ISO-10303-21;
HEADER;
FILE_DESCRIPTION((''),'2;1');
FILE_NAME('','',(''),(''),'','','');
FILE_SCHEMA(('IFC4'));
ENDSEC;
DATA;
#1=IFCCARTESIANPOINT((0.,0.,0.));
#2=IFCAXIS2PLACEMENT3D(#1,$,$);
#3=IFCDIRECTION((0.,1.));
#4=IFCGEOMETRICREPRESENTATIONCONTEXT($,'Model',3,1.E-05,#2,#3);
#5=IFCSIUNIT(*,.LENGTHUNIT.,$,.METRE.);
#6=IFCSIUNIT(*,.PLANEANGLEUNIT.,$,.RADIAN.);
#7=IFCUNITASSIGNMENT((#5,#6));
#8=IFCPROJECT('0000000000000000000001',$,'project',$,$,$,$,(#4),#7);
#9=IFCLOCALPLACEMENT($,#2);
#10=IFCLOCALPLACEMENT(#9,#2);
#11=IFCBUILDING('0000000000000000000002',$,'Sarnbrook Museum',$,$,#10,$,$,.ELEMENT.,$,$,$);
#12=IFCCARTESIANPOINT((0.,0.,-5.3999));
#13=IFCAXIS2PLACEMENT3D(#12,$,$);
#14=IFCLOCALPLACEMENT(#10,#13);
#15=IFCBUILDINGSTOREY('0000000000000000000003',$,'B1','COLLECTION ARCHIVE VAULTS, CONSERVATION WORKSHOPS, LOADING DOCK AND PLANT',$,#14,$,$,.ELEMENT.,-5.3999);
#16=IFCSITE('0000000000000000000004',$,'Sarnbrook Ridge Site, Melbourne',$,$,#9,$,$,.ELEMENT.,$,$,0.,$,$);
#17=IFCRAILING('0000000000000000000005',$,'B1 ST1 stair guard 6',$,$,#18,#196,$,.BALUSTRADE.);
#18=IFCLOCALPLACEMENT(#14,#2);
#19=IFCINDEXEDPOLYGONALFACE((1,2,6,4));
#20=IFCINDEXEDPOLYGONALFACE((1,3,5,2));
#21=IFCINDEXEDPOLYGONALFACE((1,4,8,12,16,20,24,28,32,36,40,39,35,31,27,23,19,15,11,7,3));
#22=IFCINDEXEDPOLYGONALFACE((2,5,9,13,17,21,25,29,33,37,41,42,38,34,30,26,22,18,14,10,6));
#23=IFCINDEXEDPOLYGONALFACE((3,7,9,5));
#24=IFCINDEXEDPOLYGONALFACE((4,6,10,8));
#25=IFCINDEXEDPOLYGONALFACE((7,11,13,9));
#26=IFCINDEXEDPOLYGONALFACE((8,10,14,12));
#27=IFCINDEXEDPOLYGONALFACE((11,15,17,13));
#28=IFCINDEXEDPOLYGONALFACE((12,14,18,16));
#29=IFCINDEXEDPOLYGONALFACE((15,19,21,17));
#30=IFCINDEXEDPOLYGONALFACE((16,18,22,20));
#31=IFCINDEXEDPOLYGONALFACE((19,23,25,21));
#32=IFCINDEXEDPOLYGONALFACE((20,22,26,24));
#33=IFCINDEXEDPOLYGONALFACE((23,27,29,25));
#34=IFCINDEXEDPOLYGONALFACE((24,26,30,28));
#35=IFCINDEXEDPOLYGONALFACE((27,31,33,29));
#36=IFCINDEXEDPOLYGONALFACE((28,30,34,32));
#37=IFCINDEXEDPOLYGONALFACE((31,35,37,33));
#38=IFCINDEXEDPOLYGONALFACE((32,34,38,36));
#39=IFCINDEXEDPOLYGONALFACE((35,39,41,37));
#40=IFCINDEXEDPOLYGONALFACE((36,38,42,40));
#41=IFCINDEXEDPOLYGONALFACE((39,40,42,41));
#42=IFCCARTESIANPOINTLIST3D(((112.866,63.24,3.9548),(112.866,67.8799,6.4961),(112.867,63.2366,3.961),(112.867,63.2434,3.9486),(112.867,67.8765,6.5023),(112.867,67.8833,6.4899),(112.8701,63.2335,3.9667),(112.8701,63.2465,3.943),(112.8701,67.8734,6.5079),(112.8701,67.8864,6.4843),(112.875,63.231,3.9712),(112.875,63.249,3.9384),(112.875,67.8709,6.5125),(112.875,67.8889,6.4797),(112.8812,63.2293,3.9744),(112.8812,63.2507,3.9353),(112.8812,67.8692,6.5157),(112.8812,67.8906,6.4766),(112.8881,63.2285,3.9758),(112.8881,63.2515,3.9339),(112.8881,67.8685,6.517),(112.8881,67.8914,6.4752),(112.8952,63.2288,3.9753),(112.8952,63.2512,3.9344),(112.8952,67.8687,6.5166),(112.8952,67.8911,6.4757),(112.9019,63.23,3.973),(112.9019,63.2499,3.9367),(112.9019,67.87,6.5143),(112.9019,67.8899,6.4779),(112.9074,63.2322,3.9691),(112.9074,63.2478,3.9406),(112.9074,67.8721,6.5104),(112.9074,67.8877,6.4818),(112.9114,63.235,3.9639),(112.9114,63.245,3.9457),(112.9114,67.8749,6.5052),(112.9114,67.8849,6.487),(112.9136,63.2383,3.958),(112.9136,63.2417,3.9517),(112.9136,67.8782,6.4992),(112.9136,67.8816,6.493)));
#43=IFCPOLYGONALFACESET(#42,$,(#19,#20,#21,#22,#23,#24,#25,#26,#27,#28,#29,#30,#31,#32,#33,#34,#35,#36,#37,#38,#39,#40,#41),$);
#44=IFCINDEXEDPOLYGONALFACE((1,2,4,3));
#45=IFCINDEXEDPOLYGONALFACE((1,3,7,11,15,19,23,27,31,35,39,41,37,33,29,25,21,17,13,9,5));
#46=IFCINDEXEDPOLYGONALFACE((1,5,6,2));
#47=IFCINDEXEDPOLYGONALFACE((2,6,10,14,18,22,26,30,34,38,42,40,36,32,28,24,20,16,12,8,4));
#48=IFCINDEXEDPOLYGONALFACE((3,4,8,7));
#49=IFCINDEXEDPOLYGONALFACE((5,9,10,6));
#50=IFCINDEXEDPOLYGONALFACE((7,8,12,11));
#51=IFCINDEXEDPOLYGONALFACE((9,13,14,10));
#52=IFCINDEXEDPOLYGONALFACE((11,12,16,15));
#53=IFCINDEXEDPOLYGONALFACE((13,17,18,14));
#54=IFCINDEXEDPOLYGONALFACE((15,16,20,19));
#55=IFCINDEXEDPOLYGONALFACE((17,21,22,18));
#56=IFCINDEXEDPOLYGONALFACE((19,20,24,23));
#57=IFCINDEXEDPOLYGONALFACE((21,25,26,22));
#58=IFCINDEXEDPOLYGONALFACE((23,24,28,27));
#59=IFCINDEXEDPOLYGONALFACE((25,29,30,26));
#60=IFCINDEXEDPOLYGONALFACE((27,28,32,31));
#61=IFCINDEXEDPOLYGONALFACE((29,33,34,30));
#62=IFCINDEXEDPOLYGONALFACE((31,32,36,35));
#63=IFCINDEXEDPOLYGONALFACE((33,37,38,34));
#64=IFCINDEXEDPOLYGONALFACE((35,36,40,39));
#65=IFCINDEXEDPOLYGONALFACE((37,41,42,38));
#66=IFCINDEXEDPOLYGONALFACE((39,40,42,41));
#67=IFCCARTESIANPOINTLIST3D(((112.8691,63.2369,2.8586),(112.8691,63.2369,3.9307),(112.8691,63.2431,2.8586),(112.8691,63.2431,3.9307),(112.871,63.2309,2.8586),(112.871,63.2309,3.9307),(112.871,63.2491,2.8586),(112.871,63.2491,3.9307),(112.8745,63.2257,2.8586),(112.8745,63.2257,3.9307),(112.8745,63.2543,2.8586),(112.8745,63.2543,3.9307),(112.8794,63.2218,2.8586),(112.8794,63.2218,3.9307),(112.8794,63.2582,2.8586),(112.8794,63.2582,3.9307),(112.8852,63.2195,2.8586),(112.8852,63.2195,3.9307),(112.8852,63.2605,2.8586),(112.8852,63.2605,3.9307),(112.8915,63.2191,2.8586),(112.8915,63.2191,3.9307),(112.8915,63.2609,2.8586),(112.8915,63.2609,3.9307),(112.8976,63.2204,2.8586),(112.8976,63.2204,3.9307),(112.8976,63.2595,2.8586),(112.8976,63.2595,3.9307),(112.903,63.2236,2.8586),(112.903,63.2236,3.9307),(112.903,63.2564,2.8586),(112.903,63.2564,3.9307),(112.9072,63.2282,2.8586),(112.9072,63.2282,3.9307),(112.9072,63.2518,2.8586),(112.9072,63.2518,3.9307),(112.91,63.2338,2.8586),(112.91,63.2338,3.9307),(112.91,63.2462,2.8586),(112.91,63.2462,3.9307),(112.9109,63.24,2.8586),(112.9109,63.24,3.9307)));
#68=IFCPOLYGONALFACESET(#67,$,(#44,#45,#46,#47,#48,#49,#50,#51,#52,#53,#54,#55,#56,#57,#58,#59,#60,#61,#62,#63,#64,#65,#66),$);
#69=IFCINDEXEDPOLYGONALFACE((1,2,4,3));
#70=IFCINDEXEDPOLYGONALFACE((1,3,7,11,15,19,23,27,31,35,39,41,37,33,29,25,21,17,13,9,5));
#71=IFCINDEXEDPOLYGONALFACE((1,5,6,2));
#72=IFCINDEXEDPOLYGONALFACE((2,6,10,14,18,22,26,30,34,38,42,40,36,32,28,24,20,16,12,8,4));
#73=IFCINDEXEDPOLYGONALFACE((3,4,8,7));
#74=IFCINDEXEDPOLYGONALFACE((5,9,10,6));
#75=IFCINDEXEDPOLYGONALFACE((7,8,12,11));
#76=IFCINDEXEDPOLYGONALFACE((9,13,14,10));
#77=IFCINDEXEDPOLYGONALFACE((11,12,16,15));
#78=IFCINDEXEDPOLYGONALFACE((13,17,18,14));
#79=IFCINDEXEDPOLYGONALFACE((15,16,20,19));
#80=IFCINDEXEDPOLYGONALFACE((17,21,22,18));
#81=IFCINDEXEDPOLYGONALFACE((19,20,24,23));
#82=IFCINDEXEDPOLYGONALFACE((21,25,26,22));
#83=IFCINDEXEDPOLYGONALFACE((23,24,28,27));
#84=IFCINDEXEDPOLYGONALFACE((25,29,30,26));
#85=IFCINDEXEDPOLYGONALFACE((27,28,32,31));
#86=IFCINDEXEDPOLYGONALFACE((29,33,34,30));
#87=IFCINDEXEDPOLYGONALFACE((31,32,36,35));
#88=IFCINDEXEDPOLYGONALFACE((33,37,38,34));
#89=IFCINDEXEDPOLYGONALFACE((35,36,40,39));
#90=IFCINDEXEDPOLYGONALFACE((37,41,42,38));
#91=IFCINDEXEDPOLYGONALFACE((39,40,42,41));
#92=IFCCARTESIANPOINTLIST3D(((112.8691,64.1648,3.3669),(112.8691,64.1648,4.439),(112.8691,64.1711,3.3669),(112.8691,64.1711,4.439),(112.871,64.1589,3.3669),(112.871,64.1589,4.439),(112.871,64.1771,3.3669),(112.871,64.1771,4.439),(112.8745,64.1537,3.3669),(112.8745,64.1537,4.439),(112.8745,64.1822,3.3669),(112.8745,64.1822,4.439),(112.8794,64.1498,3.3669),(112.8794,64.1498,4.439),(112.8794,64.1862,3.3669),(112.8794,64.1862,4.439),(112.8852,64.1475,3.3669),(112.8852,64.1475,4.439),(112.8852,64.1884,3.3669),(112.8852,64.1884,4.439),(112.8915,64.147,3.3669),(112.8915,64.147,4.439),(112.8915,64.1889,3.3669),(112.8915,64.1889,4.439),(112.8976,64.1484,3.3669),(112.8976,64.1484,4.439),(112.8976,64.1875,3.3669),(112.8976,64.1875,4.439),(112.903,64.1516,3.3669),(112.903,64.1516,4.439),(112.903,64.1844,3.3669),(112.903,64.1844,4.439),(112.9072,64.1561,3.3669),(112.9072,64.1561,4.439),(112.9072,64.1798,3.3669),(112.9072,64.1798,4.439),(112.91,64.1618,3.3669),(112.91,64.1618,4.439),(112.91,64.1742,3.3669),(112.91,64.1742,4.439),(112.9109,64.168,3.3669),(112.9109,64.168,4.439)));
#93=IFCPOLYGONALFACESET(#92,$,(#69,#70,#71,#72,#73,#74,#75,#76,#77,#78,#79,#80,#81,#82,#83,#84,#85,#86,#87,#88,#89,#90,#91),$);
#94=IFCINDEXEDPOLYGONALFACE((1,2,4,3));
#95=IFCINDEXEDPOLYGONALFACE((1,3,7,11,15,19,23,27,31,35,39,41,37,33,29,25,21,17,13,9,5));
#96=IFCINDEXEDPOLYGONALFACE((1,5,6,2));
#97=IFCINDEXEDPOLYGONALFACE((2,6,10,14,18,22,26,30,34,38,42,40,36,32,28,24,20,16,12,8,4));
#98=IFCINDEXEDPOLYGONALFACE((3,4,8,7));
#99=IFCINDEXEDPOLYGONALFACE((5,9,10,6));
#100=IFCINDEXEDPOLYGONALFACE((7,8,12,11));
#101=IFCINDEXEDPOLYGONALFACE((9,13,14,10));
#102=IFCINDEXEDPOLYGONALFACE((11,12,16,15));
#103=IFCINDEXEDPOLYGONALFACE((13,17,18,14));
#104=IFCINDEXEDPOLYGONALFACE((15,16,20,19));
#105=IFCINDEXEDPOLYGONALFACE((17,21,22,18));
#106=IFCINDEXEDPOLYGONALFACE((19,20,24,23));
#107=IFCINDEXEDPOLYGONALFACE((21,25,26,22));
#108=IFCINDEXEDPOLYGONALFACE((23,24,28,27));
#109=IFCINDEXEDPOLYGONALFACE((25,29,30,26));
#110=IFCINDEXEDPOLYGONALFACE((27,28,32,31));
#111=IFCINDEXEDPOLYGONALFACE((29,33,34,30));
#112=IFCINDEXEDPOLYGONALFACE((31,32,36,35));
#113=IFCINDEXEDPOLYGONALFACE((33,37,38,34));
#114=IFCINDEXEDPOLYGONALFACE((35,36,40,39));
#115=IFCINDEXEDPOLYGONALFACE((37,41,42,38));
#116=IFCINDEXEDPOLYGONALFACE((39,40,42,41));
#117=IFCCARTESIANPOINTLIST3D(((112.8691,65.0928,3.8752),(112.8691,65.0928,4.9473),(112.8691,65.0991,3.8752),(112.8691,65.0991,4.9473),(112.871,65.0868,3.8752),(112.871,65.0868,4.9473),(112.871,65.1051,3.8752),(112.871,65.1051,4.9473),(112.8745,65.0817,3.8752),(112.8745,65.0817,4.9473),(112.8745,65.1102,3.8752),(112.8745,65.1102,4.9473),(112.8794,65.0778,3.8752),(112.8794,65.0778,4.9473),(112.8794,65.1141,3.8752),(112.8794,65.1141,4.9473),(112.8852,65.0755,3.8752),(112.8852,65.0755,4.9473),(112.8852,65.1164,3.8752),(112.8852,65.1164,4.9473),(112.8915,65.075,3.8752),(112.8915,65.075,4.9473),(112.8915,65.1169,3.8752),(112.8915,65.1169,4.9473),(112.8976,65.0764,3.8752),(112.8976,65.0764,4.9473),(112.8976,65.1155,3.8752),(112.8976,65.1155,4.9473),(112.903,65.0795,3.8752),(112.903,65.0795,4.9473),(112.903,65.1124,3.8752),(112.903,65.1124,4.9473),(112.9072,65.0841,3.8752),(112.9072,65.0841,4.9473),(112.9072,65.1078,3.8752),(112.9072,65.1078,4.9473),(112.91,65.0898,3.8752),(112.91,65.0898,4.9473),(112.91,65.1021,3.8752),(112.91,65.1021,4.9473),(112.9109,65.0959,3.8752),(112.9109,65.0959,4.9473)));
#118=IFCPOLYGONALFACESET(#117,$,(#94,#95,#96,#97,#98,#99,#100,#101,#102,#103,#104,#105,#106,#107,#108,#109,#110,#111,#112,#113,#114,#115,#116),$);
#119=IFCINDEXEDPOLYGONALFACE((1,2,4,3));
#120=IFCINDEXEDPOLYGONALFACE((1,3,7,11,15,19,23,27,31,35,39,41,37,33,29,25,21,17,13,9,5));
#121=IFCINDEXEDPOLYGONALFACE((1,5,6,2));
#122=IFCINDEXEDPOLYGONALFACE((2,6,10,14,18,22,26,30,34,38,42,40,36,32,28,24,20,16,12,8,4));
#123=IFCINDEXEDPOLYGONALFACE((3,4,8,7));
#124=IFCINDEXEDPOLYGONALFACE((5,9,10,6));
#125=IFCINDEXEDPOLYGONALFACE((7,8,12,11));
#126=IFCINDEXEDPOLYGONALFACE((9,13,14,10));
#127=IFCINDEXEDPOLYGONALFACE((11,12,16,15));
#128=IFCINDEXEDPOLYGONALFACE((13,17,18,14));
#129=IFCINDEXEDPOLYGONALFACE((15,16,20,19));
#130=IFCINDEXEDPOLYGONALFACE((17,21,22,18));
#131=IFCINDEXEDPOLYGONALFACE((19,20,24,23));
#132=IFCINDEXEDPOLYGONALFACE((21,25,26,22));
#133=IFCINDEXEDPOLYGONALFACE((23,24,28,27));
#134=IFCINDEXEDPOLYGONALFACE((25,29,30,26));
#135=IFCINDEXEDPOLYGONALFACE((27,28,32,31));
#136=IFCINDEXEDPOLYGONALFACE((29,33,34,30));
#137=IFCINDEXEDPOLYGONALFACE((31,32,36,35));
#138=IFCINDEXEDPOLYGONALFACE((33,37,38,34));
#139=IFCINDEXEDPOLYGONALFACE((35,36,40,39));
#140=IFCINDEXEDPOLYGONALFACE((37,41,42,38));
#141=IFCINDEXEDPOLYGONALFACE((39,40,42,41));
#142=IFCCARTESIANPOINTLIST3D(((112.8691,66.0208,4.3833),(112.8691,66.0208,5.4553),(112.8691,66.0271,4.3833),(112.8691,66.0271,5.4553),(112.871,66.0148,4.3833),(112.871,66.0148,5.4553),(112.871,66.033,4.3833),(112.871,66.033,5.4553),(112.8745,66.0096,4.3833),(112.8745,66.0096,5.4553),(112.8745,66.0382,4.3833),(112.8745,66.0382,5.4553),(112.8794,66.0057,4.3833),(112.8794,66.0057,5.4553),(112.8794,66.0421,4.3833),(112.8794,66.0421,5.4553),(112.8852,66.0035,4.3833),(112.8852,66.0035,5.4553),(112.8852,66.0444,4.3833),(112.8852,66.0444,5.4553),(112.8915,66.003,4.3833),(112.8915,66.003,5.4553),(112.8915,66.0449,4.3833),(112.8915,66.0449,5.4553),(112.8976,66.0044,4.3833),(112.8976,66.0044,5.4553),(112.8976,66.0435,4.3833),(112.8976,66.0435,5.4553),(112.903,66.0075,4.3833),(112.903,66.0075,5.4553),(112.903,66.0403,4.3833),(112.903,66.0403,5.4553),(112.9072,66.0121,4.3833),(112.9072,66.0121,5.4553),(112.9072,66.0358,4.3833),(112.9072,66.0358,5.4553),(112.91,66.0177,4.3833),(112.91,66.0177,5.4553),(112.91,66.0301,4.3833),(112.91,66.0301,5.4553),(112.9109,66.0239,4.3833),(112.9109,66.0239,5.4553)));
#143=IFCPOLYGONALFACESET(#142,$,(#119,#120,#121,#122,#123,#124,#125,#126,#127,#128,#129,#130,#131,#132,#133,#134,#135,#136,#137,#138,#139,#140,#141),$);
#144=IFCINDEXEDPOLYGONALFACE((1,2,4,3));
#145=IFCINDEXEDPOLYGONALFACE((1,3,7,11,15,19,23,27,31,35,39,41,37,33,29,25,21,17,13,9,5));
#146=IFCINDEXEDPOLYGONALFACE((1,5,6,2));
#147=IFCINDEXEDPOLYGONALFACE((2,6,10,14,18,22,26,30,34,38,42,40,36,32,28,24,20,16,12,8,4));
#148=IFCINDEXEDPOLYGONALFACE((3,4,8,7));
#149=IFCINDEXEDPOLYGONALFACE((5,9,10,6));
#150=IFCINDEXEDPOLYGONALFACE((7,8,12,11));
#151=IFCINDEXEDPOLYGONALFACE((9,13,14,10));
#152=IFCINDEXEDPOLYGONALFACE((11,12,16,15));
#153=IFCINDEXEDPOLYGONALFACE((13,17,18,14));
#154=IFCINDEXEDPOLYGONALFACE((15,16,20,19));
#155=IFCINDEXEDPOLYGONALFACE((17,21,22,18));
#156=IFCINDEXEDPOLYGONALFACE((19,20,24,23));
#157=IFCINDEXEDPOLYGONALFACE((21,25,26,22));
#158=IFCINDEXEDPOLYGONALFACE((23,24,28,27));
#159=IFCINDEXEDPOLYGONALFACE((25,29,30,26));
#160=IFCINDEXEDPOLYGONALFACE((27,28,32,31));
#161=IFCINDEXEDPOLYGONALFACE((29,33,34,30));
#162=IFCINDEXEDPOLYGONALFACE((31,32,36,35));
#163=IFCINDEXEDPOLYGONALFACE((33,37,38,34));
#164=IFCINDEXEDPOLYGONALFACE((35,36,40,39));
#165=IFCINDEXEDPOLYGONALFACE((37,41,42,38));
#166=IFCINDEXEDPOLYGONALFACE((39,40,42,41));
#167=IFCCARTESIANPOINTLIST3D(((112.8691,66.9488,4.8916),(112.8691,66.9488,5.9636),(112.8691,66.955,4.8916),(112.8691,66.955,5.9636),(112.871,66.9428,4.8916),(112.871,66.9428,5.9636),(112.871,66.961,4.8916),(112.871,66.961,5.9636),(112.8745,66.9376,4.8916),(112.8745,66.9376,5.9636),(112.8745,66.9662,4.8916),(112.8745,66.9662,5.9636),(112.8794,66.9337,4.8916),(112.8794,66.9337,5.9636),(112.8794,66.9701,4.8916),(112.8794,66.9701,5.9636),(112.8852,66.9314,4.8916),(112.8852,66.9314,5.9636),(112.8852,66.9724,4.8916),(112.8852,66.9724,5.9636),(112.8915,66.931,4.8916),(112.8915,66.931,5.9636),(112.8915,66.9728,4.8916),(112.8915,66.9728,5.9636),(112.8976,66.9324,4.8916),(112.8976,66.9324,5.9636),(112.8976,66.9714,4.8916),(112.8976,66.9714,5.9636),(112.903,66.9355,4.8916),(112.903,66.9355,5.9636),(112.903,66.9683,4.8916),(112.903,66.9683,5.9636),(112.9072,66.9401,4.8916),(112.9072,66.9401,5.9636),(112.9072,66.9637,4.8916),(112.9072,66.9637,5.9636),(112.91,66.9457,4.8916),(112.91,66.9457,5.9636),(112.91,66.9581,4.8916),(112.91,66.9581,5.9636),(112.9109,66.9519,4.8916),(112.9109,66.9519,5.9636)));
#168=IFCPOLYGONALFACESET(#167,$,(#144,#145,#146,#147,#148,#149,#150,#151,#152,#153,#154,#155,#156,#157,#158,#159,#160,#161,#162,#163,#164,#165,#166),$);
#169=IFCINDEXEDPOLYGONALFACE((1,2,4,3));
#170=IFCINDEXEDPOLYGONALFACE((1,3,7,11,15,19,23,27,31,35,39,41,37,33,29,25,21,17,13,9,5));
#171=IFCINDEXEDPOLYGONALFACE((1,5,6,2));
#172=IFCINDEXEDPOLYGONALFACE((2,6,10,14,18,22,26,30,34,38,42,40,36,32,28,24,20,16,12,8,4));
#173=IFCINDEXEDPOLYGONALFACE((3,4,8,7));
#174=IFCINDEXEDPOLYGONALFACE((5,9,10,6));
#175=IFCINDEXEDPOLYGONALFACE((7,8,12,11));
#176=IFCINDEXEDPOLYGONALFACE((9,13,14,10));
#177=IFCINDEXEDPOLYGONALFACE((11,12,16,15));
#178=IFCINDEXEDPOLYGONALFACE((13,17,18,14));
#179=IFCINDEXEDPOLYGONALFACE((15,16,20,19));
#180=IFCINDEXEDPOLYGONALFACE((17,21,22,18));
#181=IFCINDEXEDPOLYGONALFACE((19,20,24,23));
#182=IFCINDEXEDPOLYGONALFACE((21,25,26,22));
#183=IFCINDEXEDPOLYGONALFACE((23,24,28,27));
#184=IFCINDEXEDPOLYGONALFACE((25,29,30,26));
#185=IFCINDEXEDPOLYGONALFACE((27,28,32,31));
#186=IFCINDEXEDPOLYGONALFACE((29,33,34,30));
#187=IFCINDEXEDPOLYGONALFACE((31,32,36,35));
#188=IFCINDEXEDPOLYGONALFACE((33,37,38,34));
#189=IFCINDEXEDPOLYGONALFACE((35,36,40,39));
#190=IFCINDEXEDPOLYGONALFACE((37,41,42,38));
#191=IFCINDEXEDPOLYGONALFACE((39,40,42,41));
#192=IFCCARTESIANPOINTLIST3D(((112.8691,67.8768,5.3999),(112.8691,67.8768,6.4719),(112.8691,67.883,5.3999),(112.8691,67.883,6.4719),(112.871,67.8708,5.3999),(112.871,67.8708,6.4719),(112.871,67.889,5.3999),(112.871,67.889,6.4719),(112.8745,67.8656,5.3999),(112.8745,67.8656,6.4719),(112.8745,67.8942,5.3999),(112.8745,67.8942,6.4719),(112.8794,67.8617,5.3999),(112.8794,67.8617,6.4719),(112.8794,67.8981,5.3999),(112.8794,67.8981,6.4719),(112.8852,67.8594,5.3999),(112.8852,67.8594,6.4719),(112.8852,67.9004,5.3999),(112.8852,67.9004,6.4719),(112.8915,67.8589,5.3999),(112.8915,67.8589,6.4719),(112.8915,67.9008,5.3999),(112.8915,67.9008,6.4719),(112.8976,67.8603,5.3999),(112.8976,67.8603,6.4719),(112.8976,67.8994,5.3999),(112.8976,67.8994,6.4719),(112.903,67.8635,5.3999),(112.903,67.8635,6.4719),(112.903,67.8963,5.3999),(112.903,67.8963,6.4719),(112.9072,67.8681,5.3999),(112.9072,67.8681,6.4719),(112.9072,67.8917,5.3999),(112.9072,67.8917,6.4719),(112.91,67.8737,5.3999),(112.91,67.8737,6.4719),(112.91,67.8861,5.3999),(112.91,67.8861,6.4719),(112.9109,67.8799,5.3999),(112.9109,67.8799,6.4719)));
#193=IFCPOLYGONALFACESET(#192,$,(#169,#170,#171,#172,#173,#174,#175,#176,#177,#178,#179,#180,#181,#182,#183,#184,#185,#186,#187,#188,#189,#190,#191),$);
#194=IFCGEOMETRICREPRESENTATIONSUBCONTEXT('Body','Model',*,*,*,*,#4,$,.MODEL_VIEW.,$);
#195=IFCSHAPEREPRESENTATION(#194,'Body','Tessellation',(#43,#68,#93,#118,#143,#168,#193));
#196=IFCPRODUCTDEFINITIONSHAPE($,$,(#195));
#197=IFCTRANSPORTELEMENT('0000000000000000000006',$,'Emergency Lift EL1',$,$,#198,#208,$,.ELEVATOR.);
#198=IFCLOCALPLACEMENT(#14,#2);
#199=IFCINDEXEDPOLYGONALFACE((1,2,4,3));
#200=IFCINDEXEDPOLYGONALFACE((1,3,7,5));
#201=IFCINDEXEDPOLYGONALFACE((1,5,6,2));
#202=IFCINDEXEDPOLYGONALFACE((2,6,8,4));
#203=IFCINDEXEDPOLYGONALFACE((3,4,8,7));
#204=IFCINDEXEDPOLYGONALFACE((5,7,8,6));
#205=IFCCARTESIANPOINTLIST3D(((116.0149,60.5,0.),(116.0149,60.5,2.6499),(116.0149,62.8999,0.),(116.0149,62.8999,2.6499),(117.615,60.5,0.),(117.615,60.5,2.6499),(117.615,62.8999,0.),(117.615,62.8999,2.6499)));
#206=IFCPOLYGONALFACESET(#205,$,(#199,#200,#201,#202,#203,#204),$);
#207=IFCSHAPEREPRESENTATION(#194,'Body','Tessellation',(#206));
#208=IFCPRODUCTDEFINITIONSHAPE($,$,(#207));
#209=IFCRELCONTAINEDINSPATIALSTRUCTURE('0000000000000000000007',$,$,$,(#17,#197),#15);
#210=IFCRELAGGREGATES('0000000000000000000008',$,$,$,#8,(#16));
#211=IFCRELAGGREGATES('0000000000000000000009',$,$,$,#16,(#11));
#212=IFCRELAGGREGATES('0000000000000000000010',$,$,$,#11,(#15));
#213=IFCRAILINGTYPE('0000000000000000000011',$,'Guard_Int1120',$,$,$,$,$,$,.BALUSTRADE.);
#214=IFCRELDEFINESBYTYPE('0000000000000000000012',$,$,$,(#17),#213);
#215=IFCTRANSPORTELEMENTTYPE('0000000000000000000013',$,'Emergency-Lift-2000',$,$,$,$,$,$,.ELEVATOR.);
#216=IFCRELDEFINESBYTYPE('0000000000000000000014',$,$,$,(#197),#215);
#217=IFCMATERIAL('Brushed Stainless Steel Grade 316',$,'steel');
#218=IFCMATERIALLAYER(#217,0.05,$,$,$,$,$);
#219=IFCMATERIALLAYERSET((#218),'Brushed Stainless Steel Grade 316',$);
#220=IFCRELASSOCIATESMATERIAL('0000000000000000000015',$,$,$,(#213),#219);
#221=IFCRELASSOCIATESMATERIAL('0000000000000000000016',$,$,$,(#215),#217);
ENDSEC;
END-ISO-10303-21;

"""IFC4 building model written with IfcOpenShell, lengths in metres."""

from ifc_helpers import new_model, si_unit, direction, frame, origin, origin_2d, place, context, subcontext, project, spatial, rectangle, circle, extrude, material, layer, layer_set, type_object, element, save


model = new_model("IFC4")

# Units and contexts
model_context = context("Model", 3, precision=1e-05, world=origin(), true_north=direction((0.0, 1.0)))
body_context = subcontext(model_context, "Body", "Model", "MODEL_VIEW")
ifc_project = project(units=[si_unit("LENGTHUNIT", "METRE"), si_unit("PLANEANGLEUNIT", "RADIAN")], contexts=[model_context])

# Site, building, storey
site_placement = place(None, origin())
site = spatial("IfcSite", under=ifc_project, at=site_placement, Name="Sarnbrook Ridge Site, Melbourne", CompositionType="ELEMENT", RefElevation=0.0)
building_placement = place(site_placement, origin())
building = spatial("IfcBuilding", under=site, at=building_placement, Name="Sarnbrook Museum", CompositionType="ELEMENT")
storey_placement = place(building_placement, frame((0.0, 0.0, -5.3999)))
storey = spatial("IfcBuildingStorey", under=building, at=storey_placement, Name="B1", Description="COLLECTION ARCHIVE VAULTS, CONSERVATION WORKSHOPS, LOADING DOCK AND PLANT", CompositionType="ELEMENT", Elevation=-5.3999)

# Shared definitions
ifc_material_1 = material(Name="Brushed Stainless Steel Grade 316", Category="steel")

# Railing
ifc_layer_1 = layer(ifc_material_1, 0.05)
ifc_layer_set_1 = layer_set([ifc_layer_1], Name="Brushed Stainless Steel Grade 316")
railing_type_1 = type_object("IfcRailingType", Name="Guard_Int1120", PredefinedType="BALUSTRADE", material=ifc_layer_set_1)
railing_1_placement = place(storey_placement, frame((112.8899, 63.24, 2.8586)))
element("IfcRailing", 1, at=railing_1_placement, inside=storey, type_object=railing_type_1, Name="B1 ST1 stair guard 6", PredefinedType="BALUSTRADE", context=body_context, shape_type="SweptSolid", body=[
    extrude(circle(Radius=0.0239, at=origin_2d()), frame((0.0, 0.0, 1.0962), z_axis=(0.0, 0.877067, 0.480368), x_axis=(-1.0, 0.0, 0.0)), (0.0, 0.0, 1.0), 5.2903),
    extrude(circle(Radius=0.021, at=origin_2d()), origin(), (0.0, 0.0, 1.0), 1.072),
    extrude(circle(Radius=0.021, at=origin_2d()), frame((0.0, 0.928, 0.5083)), (0.0, 0.0, 1.0), 1.072),
    extrude(circle(Radius=0.021, at=origin_2d()), frame((0.0, 1.856, 1.0166)), (0.0, 0.0, 1.0), 1.072),
    extrude(circle(Radius=0.021, at=origin_2d()), frame((0.0, 2.7839, 1.5247)), (0.0, 0.0, 1.0), 1.072),
    extrude(circle(Radius=0.021, at=origin_2d()), frame((0.0, 3.7119, 2.033)), (0.0, 0.0, 1.0), 1.072),
    extrude(circle(Radius=0.021, at=origin_2d()), frame((0.0, 4.6399, 2.5413)), (0.0, 0.0, 1.0), 1.072),
])

# Transport element
transport_element_type = type_object("IfcTransportElementType", Name="Emergency-Lift-2000", PredefinedType="ELEVATOR", material=ifc_material_1)
transport_element_placement = place(storey_placement, frame((116.8149, 61.7, 0.0), z_axis=(0.0, 0.0, 1.0), x_axis=(1.0, 0.0, 0.0)))
element("IfcTransportElement", 2, at=transport_element_placement, inside=storey, type_object=transport_element_type, Name="Emergency Lift EL1", PredefinedType="ELEVATOR", context=body_context, shape_type="SweptSolid", body=[
    extrude(rectangle(XDim=1.6001, YDim=2.3999, at=origin_2d()), origin(), (0.0, 0.0, 1.0), 2.6499),
])

save(model, "model.ifc")
